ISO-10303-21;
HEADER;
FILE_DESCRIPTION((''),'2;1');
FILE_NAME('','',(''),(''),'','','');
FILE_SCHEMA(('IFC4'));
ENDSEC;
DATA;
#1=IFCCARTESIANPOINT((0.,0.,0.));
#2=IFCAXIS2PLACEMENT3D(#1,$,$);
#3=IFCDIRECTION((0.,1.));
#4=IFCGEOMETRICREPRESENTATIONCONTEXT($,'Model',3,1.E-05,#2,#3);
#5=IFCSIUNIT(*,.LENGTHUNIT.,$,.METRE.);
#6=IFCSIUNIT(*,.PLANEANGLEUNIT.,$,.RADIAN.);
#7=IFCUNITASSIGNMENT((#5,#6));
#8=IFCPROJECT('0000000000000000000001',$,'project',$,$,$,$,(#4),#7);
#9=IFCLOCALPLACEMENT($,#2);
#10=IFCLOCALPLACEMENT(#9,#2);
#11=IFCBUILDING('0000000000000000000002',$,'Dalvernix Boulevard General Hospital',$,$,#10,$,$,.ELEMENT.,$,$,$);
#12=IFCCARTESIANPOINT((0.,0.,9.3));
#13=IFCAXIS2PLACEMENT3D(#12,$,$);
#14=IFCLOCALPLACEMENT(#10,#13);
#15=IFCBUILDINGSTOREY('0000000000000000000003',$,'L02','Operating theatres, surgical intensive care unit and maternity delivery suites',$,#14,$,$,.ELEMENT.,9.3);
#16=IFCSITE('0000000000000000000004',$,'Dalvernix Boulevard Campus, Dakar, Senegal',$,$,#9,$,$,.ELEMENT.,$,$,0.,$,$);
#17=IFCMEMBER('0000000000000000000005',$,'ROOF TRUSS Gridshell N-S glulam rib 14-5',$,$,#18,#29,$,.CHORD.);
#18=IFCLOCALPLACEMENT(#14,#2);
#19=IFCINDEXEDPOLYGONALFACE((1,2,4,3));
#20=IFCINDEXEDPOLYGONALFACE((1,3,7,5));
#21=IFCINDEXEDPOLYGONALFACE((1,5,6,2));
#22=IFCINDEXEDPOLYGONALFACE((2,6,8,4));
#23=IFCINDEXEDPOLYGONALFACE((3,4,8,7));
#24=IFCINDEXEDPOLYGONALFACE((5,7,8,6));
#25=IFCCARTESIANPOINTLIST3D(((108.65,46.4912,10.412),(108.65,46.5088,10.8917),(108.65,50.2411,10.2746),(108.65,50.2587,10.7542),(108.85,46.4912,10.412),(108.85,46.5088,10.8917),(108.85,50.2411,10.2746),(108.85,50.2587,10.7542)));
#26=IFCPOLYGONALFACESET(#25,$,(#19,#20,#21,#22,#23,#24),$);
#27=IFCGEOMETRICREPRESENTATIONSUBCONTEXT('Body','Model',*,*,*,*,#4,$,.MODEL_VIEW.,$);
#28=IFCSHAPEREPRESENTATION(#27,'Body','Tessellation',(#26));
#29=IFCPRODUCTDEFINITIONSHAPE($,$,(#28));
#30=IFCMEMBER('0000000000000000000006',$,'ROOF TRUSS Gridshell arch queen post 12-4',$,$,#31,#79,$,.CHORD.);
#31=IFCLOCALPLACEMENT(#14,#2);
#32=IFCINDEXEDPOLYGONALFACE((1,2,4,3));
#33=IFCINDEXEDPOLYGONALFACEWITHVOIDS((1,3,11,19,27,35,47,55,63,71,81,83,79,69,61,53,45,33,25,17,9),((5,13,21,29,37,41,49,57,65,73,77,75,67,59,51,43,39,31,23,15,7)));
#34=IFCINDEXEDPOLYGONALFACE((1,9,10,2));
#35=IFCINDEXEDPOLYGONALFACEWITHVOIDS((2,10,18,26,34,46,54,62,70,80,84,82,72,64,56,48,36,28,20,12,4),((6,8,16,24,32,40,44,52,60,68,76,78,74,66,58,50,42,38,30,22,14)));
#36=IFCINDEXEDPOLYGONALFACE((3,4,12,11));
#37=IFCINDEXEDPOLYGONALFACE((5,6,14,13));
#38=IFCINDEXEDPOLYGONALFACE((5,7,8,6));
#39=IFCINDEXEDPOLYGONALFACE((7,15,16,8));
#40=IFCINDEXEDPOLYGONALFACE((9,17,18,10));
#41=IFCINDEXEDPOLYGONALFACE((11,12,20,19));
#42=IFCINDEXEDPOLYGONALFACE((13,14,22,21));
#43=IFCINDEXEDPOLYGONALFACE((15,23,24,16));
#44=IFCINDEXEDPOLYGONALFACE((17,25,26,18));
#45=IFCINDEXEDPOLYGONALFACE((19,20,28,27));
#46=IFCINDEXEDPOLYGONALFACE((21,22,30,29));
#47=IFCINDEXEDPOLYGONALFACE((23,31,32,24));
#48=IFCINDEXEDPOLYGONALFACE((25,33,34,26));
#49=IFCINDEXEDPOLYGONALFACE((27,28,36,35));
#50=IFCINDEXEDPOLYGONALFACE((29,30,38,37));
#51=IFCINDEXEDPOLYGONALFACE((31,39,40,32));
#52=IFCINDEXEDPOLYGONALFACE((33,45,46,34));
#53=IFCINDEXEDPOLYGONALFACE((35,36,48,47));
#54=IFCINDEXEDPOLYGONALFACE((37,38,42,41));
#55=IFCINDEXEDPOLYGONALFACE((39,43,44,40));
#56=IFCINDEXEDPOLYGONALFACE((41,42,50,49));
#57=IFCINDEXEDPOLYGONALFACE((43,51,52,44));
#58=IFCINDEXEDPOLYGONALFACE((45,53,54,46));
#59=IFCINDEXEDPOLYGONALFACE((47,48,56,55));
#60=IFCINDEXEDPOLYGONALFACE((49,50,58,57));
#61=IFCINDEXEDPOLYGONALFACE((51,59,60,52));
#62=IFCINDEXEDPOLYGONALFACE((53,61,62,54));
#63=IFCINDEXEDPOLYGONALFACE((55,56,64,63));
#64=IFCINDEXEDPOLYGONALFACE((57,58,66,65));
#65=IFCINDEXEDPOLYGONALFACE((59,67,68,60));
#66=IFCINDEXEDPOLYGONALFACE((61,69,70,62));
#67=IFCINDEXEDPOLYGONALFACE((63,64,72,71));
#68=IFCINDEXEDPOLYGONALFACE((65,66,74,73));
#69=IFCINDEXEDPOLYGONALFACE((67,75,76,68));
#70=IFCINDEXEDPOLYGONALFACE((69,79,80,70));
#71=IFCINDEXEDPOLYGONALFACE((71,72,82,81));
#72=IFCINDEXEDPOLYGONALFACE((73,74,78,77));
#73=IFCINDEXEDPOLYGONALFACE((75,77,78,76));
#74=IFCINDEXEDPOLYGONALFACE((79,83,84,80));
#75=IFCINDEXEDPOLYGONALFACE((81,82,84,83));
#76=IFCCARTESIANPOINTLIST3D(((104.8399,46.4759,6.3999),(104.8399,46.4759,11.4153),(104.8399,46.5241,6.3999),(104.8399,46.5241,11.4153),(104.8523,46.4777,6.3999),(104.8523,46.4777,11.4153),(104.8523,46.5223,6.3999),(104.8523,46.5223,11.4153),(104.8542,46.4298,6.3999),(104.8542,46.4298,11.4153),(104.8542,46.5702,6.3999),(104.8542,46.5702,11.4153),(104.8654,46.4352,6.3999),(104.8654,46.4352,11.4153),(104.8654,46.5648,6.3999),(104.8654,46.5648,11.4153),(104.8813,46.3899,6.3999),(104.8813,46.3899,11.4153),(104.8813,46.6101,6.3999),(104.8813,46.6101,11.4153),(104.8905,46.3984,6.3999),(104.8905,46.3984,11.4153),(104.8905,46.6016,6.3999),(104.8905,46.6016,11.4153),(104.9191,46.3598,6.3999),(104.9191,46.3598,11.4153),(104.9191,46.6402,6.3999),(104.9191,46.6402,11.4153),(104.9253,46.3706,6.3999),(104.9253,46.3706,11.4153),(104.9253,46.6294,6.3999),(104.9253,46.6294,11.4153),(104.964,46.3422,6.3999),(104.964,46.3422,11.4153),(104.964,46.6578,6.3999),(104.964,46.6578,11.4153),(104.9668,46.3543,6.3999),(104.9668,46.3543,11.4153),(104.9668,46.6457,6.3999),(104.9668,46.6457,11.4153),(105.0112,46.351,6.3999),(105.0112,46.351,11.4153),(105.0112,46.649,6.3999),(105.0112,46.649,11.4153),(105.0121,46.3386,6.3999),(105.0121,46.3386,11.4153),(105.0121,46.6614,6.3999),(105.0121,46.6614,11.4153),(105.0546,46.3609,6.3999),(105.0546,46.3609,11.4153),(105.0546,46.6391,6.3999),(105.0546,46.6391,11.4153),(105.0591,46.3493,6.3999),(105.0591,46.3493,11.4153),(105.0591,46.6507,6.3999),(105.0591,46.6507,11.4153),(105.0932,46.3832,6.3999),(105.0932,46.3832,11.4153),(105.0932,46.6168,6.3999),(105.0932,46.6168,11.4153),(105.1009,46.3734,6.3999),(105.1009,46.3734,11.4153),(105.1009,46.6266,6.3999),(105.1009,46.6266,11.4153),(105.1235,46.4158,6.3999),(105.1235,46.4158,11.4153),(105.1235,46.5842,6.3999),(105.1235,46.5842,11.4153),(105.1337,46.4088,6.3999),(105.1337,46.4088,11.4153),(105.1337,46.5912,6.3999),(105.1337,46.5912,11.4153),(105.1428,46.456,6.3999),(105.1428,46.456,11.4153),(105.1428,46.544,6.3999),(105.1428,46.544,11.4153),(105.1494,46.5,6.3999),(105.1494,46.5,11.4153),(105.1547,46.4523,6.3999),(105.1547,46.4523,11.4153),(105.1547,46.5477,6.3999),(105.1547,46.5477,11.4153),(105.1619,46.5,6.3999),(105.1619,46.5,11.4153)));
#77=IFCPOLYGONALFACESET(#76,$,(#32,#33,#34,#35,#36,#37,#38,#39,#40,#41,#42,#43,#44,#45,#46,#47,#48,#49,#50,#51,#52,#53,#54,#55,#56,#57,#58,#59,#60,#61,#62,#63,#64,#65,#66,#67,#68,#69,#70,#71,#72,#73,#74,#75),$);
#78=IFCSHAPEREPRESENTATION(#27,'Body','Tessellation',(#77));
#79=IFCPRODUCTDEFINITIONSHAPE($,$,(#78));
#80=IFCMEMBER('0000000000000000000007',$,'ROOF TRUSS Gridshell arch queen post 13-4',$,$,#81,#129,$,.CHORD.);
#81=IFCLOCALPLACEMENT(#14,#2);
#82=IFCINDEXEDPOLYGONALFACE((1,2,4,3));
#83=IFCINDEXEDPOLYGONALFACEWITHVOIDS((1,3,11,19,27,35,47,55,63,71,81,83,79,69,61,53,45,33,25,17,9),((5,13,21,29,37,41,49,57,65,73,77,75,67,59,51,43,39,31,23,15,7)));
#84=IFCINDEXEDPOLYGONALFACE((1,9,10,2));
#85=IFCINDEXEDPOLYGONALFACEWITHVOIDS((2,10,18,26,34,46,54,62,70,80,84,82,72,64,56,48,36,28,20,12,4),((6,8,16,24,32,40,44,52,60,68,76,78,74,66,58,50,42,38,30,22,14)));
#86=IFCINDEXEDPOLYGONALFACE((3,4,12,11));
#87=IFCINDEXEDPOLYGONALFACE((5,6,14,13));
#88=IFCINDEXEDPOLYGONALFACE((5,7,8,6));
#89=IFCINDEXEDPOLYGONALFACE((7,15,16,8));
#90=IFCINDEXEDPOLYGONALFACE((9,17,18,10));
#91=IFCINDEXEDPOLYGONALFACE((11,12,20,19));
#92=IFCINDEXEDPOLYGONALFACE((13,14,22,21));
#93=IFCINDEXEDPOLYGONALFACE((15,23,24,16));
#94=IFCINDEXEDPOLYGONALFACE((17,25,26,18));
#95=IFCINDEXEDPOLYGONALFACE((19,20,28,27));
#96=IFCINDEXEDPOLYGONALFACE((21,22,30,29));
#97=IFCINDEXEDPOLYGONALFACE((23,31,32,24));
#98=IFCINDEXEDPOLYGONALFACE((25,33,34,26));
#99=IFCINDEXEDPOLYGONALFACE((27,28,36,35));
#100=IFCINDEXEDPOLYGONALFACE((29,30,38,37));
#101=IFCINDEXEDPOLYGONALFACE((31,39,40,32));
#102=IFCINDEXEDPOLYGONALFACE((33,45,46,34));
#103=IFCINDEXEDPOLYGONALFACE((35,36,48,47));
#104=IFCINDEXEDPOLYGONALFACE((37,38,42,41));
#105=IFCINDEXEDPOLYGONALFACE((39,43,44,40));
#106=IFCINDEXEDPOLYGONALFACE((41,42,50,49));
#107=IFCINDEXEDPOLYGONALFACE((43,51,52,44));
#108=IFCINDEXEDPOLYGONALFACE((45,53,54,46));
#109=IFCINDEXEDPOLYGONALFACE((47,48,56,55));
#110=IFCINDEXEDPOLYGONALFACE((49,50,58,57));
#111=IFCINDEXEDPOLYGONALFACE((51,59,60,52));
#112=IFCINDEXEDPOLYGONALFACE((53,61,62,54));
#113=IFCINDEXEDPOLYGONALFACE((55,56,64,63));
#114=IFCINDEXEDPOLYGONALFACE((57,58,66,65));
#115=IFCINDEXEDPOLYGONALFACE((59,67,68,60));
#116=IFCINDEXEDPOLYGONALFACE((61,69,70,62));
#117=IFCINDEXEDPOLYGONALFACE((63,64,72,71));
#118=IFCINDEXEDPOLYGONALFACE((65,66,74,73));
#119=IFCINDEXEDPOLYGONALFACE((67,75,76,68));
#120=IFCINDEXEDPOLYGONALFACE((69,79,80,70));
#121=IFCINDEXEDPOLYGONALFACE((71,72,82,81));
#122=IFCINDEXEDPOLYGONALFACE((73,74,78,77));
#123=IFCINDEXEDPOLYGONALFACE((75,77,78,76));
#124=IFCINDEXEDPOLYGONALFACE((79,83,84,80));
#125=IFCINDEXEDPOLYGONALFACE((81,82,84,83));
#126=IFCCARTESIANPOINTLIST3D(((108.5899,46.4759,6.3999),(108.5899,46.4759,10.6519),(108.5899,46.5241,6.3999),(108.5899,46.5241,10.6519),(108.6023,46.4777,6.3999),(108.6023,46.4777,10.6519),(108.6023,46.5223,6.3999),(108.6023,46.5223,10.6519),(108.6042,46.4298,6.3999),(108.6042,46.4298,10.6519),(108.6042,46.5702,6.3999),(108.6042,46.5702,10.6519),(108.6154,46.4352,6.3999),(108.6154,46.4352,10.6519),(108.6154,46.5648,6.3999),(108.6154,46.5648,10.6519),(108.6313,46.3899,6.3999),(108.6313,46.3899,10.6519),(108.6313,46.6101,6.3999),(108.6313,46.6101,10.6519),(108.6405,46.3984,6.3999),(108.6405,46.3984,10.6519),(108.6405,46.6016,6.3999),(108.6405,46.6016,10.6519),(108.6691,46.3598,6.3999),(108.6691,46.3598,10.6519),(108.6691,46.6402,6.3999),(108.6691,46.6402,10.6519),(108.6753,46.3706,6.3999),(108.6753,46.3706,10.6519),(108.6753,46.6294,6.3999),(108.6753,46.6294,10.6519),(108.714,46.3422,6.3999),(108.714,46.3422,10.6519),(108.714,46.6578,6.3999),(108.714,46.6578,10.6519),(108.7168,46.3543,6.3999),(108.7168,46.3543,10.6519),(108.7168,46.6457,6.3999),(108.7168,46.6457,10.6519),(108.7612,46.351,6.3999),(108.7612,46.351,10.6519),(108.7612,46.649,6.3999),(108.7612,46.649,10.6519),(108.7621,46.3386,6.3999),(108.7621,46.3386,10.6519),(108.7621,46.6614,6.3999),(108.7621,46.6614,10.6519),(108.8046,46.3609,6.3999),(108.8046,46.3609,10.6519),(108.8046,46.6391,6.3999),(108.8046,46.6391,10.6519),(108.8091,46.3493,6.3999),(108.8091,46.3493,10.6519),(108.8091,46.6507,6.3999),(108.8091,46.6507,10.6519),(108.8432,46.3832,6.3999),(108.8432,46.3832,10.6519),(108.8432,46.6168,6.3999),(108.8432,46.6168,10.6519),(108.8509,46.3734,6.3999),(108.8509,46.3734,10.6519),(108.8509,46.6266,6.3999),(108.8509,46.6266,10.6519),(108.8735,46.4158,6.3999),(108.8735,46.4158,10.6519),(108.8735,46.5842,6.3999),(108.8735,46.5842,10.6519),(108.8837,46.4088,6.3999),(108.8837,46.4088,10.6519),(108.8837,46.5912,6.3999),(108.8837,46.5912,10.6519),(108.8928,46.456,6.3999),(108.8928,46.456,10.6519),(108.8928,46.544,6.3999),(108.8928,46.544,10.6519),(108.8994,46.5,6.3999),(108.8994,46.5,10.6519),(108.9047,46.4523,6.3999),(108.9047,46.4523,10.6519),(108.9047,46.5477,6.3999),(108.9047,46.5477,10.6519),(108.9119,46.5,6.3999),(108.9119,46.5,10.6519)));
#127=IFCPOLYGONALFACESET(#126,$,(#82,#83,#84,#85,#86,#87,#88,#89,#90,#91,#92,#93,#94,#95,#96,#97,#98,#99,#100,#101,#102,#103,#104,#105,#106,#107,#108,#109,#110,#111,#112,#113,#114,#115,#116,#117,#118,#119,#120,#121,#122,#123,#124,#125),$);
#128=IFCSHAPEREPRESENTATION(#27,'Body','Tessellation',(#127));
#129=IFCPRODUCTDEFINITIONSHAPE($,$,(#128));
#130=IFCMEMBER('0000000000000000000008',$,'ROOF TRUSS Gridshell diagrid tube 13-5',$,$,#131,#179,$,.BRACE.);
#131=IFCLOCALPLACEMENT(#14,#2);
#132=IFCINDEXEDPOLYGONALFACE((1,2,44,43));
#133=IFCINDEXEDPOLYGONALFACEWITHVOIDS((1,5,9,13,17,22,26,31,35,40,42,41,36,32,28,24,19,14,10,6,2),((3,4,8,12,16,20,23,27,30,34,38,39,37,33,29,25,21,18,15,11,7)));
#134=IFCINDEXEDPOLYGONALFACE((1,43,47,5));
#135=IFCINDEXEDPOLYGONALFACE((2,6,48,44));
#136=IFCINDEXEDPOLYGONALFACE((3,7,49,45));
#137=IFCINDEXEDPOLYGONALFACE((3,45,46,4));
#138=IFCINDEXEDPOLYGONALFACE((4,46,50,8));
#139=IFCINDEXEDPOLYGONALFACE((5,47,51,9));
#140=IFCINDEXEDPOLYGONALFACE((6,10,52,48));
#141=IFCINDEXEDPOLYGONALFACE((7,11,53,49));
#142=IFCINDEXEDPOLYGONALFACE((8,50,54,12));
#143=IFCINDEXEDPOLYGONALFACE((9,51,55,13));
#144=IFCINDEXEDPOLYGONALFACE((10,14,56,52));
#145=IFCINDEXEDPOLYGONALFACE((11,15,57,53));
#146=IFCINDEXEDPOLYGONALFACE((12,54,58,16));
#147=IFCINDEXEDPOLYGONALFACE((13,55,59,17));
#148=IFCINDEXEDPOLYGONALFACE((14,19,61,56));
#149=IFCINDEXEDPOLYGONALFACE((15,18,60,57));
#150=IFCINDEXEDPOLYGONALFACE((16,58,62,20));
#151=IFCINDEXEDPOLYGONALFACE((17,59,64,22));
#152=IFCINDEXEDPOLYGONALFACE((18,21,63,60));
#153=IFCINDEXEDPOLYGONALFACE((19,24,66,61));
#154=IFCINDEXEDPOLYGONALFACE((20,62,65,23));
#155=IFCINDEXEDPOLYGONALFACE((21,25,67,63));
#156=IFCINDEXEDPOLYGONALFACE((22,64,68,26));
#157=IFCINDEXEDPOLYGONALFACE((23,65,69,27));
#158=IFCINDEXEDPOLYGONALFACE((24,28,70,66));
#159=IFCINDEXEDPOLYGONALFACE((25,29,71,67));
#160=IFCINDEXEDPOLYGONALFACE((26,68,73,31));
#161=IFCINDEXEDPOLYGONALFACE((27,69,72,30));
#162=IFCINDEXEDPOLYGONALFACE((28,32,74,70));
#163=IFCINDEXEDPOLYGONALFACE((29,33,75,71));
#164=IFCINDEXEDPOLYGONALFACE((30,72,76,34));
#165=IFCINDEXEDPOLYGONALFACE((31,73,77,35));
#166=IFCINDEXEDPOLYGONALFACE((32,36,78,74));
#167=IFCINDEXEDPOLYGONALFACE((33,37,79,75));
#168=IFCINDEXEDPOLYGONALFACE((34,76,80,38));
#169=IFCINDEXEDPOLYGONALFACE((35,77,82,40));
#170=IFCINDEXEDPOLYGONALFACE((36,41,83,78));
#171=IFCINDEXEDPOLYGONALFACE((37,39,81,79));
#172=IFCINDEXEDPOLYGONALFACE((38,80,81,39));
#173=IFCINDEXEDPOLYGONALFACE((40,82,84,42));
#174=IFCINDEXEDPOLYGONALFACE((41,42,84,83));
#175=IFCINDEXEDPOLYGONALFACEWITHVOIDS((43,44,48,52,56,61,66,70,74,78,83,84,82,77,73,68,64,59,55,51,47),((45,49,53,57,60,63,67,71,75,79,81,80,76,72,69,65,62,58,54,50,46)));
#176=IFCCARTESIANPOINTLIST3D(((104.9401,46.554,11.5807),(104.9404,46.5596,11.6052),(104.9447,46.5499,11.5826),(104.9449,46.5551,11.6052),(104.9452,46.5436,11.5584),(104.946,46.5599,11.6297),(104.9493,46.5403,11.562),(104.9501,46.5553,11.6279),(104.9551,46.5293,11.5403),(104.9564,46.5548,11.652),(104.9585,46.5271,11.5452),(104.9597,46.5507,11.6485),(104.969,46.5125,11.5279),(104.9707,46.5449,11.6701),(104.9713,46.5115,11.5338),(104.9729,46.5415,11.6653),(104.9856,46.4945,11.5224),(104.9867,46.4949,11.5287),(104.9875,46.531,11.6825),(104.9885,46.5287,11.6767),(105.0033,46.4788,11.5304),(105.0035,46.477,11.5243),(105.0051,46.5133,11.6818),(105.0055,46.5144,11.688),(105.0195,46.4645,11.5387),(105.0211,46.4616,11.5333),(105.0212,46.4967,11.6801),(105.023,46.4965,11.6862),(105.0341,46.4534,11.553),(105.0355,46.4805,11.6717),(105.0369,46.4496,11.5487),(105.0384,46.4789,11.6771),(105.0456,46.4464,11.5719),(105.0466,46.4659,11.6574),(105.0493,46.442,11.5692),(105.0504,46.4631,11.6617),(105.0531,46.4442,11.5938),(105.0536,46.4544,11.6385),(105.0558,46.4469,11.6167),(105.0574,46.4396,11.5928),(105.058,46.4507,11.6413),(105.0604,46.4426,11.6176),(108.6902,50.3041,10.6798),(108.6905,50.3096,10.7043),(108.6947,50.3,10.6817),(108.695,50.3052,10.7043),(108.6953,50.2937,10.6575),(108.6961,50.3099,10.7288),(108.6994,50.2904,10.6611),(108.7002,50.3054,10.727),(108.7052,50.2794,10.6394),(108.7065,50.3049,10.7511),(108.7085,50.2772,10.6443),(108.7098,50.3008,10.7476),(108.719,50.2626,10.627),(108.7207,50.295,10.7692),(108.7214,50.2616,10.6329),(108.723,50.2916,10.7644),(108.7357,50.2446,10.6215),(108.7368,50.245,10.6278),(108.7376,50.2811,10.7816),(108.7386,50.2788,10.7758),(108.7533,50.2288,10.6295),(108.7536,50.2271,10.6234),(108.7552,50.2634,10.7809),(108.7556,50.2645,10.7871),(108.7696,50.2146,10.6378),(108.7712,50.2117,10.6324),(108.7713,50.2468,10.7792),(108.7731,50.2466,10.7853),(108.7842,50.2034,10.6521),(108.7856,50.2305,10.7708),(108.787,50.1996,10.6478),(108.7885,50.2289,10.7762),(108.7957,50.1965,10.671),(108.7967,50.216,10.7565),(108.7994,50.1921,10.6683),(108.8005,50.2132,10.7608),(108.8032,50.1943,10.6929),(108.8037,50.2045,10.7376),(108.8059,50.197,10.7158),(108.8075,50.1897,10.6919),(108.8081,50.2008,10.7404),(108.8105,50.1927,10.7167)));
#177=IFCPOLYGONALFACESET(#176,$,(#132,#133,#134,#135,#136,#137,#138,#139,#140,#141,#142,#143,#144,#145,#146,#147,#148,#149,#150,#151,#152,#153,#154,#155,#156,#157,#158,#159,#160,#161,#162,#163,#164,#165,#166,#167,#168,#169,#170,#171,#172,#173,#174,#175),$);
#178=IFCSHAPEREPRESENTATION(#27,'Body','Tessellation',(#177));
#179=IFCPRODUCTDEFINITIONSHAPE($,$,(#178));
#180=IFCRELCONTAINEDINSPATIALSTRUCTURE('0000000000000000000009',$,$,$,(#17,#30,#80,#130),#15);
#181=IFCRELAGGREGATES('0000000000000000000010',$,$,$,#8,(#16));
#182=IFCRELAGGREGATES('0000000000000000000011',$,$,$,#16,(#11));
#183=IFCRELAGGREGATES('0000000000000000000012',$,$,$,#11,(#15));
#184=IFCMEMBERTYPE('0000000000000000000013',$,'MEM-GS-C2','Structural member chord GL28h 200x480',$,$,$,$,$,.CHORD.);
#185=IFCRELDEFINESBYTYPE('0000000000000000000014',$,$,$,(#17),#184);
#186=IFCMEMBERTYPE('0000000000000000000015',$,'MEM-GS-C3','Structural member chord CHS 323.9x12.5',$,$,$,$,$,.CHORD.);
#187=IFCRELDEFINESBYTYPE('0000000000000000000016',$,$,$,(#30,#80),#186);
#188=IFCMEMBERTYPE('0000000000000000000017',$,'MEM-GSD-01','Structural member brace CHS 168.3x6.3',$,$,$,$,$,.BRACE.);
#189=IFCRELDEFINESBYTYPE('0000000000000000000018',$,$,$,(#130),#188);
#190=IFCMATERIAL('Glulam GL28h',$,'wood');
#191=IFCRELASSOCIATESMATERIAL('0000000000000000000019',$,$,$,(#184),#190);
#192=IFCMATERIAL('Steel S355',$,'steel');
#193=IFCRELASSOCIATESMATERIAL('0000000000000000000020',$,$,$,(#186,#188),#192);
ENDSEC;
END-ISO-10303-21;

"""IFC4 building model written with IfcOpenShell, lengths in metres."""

from ifc_helpers import new_model, si_unit, direction, frame, origin, origin_2d, place, context, subcontext, project, spatial, rectangle, hollow_circle, extrude, material, material_profile, profile_set, type_object, element, save


model = new_model("IFC4")

# Units and contexts
model_context = context("Model", 3, precision=1e-05, world=origin(), true_north=direction((0.0, 1.0)))
body_context = subcontext(model_context, "Body", "Model", "MODEL_VIEW")
ifc_project = project(units=[si_unit("LENGTHUNIT", "METRE"), si_unit("PLANEANGLEUNIT", "RADIAN")], contexts=[model_context])

# Site, building, storey
site_placement = place(None, origin())
site = spatial("IfcSite", under=ifc_project, at=site_placement, Name="Dalvernix Boulevard Campus, Dakar, Senegal", CompositionType="ELEMENT", RefElevation=0.0)
building_placement = place(site_placement, origin())
building = spatial("IfcBuilding", under=site, at=building_placement, Name="Dalvernix Boulevard General Hospital", CompositionType="ELEMENT")
storey_placement = place(building_placement, frame((0.0, 0.0, 9.3)))
storey = spatial("IfcBuildingStorey", under=building, at=storey_placement, Name="L02", Description="Operating theatres, surgical intensive care unit and maternity delivery suites", CompositionType="ELEMENT", Elevation=9.3)

# Shared definitions
ifc_material_1 = material(Name="Steel S355", Category="steel")

# Members
ifc_material_2 = material(Name="Glulam GL28h", Category="wood")
ifc_material_profile_1 = material_profile(ifc_material_2, rectangle(XDim=0.2, YDim=0.48, at=origin_2d()), Name="GL28h 200x480")
ifc_profile_set_1 = profile_set([ifc_material_profile_1], Name="Glulam GL28h")
member_type_1 = type_object("IfcMemberType", Name="MEM-GS-C2", Description="Structural member chord GL28h 200x480", PredefinedType="CHORD", material=ifc_profile_set_1)
member_1_placement = place(storey_placement, frame((108.75, 46.5, 10.6519), z_axis=(0.0, 0.999329, -0.036629), x_axis=(-1.0, 0.0, 0.0)))
element("IfcMember", 1, at=member_1_placement, inside=storey, type_object=member_type_1, Name="ROOF TRUSS Gridshell N-S glulam rib 14-5", PredefinedType="CHORD", context=body_context, shape_type="SweptSolid", body=[
    extrude(rectangle(XDim=0.2, YDim=0.48, at=origin_2d()), origin(), (0.0, 0.0, 1.0), 3.7524),
])
ifc_material_profile_2 = material_profile(ifc_material_1, hollow_circle(Radius=0.1619, WallThickness=0.0125, at=origin_2d()), Name="CHS 323.9x12.5")
ifc_profile_set_2 = profile_set([ifc_material_profile_2], Name="Steel S355")
member_type_2 = type_object("IfcMemberType", Name="MEM-GS-C3", Description="Structural member chord CHS 323.9x12.5", PredefinedType="CHORD", material=ifc_profile_set_2)
member_2_placement = place(storey_placement, frame((105.0, 46.5, 6.3999), z_axis=(0.0, 0.0, 1.0), x_axis=(1.0, 0.0, 0.0)))
element("IfcMember", 2, at=member_2_placement, inside=storey, type_object=member_type_2, Name="ROOF TRUSS Gridshell arch queen post 12-4", PredefinedType="CHORD", context=body_context, shape_type="SweptSolid", body=[
    extrude(hollow_circle(Radius=0.1619, WallThickness=0.0125, at=origin_2d()), origin(), (0.0, 0.0, 1.0), 5.0154),
])
member_3_placement = place(storey_placement, frame((108.75, 46.5, 6.3999), z_axis=(0.0, 0.0, 1.0), x_axis=(1.0, 0.0, 0.0)))
element("IfcMember", 3, at=member_3_placement, inside=storey, type_object=member_type_2, Name="ROOF TRUSS Gridshell arch queen post 13-4", PredefinedType="CHORD", context=body_context, shape_type="SweptSolid", body=[
    extrude(hollow_circle(Radius=0.1619, WallThickness=0.0125, at=origin_2d()), origin(), (0.0, 0.0, 1.0), 4.252),
])
ifc_material_profile_3 = material_profile(ifc_material_1, hollow_circle(Radius=0.0842, WallThickness=0.0063, at=origin_2d()), Name="CHS 168.3x6.3")
ifc_profile_set_3 = profile_set([ifc_material_profile_3], Name="Steel S355")
member_type_3 = type_object("IfcMemberType", Name="MEM-GSD-01", Description="Structural member brace CHS 168.3x6.3", PredefinedType="BRACE", material=ifc_profile_set_3)
member_4_placement = place(storey_placement, frame((105.0, 46.5, 11.6052), z_axis=(0.69712, 0.69712, -0.167472), x_axis=(-0.707107, 0.707107, 0.0)))
element("IfcMember", 4, at=member_4_placement, inside=storey, type_object=member_type_3, Name="ROOF TRUSS Gridshell diagrid tube 13-5", PredefinedType="BRACE", context=body_context, shape_type="SweptSolid", body=[
    extrude(hollow_circle(Radius=0.0842, WallThickness=0.0063, at=origin_2d()), origin(), (0.0, 0.0, 1.0), 5.3794),
])

save(model, "model.ifc")
